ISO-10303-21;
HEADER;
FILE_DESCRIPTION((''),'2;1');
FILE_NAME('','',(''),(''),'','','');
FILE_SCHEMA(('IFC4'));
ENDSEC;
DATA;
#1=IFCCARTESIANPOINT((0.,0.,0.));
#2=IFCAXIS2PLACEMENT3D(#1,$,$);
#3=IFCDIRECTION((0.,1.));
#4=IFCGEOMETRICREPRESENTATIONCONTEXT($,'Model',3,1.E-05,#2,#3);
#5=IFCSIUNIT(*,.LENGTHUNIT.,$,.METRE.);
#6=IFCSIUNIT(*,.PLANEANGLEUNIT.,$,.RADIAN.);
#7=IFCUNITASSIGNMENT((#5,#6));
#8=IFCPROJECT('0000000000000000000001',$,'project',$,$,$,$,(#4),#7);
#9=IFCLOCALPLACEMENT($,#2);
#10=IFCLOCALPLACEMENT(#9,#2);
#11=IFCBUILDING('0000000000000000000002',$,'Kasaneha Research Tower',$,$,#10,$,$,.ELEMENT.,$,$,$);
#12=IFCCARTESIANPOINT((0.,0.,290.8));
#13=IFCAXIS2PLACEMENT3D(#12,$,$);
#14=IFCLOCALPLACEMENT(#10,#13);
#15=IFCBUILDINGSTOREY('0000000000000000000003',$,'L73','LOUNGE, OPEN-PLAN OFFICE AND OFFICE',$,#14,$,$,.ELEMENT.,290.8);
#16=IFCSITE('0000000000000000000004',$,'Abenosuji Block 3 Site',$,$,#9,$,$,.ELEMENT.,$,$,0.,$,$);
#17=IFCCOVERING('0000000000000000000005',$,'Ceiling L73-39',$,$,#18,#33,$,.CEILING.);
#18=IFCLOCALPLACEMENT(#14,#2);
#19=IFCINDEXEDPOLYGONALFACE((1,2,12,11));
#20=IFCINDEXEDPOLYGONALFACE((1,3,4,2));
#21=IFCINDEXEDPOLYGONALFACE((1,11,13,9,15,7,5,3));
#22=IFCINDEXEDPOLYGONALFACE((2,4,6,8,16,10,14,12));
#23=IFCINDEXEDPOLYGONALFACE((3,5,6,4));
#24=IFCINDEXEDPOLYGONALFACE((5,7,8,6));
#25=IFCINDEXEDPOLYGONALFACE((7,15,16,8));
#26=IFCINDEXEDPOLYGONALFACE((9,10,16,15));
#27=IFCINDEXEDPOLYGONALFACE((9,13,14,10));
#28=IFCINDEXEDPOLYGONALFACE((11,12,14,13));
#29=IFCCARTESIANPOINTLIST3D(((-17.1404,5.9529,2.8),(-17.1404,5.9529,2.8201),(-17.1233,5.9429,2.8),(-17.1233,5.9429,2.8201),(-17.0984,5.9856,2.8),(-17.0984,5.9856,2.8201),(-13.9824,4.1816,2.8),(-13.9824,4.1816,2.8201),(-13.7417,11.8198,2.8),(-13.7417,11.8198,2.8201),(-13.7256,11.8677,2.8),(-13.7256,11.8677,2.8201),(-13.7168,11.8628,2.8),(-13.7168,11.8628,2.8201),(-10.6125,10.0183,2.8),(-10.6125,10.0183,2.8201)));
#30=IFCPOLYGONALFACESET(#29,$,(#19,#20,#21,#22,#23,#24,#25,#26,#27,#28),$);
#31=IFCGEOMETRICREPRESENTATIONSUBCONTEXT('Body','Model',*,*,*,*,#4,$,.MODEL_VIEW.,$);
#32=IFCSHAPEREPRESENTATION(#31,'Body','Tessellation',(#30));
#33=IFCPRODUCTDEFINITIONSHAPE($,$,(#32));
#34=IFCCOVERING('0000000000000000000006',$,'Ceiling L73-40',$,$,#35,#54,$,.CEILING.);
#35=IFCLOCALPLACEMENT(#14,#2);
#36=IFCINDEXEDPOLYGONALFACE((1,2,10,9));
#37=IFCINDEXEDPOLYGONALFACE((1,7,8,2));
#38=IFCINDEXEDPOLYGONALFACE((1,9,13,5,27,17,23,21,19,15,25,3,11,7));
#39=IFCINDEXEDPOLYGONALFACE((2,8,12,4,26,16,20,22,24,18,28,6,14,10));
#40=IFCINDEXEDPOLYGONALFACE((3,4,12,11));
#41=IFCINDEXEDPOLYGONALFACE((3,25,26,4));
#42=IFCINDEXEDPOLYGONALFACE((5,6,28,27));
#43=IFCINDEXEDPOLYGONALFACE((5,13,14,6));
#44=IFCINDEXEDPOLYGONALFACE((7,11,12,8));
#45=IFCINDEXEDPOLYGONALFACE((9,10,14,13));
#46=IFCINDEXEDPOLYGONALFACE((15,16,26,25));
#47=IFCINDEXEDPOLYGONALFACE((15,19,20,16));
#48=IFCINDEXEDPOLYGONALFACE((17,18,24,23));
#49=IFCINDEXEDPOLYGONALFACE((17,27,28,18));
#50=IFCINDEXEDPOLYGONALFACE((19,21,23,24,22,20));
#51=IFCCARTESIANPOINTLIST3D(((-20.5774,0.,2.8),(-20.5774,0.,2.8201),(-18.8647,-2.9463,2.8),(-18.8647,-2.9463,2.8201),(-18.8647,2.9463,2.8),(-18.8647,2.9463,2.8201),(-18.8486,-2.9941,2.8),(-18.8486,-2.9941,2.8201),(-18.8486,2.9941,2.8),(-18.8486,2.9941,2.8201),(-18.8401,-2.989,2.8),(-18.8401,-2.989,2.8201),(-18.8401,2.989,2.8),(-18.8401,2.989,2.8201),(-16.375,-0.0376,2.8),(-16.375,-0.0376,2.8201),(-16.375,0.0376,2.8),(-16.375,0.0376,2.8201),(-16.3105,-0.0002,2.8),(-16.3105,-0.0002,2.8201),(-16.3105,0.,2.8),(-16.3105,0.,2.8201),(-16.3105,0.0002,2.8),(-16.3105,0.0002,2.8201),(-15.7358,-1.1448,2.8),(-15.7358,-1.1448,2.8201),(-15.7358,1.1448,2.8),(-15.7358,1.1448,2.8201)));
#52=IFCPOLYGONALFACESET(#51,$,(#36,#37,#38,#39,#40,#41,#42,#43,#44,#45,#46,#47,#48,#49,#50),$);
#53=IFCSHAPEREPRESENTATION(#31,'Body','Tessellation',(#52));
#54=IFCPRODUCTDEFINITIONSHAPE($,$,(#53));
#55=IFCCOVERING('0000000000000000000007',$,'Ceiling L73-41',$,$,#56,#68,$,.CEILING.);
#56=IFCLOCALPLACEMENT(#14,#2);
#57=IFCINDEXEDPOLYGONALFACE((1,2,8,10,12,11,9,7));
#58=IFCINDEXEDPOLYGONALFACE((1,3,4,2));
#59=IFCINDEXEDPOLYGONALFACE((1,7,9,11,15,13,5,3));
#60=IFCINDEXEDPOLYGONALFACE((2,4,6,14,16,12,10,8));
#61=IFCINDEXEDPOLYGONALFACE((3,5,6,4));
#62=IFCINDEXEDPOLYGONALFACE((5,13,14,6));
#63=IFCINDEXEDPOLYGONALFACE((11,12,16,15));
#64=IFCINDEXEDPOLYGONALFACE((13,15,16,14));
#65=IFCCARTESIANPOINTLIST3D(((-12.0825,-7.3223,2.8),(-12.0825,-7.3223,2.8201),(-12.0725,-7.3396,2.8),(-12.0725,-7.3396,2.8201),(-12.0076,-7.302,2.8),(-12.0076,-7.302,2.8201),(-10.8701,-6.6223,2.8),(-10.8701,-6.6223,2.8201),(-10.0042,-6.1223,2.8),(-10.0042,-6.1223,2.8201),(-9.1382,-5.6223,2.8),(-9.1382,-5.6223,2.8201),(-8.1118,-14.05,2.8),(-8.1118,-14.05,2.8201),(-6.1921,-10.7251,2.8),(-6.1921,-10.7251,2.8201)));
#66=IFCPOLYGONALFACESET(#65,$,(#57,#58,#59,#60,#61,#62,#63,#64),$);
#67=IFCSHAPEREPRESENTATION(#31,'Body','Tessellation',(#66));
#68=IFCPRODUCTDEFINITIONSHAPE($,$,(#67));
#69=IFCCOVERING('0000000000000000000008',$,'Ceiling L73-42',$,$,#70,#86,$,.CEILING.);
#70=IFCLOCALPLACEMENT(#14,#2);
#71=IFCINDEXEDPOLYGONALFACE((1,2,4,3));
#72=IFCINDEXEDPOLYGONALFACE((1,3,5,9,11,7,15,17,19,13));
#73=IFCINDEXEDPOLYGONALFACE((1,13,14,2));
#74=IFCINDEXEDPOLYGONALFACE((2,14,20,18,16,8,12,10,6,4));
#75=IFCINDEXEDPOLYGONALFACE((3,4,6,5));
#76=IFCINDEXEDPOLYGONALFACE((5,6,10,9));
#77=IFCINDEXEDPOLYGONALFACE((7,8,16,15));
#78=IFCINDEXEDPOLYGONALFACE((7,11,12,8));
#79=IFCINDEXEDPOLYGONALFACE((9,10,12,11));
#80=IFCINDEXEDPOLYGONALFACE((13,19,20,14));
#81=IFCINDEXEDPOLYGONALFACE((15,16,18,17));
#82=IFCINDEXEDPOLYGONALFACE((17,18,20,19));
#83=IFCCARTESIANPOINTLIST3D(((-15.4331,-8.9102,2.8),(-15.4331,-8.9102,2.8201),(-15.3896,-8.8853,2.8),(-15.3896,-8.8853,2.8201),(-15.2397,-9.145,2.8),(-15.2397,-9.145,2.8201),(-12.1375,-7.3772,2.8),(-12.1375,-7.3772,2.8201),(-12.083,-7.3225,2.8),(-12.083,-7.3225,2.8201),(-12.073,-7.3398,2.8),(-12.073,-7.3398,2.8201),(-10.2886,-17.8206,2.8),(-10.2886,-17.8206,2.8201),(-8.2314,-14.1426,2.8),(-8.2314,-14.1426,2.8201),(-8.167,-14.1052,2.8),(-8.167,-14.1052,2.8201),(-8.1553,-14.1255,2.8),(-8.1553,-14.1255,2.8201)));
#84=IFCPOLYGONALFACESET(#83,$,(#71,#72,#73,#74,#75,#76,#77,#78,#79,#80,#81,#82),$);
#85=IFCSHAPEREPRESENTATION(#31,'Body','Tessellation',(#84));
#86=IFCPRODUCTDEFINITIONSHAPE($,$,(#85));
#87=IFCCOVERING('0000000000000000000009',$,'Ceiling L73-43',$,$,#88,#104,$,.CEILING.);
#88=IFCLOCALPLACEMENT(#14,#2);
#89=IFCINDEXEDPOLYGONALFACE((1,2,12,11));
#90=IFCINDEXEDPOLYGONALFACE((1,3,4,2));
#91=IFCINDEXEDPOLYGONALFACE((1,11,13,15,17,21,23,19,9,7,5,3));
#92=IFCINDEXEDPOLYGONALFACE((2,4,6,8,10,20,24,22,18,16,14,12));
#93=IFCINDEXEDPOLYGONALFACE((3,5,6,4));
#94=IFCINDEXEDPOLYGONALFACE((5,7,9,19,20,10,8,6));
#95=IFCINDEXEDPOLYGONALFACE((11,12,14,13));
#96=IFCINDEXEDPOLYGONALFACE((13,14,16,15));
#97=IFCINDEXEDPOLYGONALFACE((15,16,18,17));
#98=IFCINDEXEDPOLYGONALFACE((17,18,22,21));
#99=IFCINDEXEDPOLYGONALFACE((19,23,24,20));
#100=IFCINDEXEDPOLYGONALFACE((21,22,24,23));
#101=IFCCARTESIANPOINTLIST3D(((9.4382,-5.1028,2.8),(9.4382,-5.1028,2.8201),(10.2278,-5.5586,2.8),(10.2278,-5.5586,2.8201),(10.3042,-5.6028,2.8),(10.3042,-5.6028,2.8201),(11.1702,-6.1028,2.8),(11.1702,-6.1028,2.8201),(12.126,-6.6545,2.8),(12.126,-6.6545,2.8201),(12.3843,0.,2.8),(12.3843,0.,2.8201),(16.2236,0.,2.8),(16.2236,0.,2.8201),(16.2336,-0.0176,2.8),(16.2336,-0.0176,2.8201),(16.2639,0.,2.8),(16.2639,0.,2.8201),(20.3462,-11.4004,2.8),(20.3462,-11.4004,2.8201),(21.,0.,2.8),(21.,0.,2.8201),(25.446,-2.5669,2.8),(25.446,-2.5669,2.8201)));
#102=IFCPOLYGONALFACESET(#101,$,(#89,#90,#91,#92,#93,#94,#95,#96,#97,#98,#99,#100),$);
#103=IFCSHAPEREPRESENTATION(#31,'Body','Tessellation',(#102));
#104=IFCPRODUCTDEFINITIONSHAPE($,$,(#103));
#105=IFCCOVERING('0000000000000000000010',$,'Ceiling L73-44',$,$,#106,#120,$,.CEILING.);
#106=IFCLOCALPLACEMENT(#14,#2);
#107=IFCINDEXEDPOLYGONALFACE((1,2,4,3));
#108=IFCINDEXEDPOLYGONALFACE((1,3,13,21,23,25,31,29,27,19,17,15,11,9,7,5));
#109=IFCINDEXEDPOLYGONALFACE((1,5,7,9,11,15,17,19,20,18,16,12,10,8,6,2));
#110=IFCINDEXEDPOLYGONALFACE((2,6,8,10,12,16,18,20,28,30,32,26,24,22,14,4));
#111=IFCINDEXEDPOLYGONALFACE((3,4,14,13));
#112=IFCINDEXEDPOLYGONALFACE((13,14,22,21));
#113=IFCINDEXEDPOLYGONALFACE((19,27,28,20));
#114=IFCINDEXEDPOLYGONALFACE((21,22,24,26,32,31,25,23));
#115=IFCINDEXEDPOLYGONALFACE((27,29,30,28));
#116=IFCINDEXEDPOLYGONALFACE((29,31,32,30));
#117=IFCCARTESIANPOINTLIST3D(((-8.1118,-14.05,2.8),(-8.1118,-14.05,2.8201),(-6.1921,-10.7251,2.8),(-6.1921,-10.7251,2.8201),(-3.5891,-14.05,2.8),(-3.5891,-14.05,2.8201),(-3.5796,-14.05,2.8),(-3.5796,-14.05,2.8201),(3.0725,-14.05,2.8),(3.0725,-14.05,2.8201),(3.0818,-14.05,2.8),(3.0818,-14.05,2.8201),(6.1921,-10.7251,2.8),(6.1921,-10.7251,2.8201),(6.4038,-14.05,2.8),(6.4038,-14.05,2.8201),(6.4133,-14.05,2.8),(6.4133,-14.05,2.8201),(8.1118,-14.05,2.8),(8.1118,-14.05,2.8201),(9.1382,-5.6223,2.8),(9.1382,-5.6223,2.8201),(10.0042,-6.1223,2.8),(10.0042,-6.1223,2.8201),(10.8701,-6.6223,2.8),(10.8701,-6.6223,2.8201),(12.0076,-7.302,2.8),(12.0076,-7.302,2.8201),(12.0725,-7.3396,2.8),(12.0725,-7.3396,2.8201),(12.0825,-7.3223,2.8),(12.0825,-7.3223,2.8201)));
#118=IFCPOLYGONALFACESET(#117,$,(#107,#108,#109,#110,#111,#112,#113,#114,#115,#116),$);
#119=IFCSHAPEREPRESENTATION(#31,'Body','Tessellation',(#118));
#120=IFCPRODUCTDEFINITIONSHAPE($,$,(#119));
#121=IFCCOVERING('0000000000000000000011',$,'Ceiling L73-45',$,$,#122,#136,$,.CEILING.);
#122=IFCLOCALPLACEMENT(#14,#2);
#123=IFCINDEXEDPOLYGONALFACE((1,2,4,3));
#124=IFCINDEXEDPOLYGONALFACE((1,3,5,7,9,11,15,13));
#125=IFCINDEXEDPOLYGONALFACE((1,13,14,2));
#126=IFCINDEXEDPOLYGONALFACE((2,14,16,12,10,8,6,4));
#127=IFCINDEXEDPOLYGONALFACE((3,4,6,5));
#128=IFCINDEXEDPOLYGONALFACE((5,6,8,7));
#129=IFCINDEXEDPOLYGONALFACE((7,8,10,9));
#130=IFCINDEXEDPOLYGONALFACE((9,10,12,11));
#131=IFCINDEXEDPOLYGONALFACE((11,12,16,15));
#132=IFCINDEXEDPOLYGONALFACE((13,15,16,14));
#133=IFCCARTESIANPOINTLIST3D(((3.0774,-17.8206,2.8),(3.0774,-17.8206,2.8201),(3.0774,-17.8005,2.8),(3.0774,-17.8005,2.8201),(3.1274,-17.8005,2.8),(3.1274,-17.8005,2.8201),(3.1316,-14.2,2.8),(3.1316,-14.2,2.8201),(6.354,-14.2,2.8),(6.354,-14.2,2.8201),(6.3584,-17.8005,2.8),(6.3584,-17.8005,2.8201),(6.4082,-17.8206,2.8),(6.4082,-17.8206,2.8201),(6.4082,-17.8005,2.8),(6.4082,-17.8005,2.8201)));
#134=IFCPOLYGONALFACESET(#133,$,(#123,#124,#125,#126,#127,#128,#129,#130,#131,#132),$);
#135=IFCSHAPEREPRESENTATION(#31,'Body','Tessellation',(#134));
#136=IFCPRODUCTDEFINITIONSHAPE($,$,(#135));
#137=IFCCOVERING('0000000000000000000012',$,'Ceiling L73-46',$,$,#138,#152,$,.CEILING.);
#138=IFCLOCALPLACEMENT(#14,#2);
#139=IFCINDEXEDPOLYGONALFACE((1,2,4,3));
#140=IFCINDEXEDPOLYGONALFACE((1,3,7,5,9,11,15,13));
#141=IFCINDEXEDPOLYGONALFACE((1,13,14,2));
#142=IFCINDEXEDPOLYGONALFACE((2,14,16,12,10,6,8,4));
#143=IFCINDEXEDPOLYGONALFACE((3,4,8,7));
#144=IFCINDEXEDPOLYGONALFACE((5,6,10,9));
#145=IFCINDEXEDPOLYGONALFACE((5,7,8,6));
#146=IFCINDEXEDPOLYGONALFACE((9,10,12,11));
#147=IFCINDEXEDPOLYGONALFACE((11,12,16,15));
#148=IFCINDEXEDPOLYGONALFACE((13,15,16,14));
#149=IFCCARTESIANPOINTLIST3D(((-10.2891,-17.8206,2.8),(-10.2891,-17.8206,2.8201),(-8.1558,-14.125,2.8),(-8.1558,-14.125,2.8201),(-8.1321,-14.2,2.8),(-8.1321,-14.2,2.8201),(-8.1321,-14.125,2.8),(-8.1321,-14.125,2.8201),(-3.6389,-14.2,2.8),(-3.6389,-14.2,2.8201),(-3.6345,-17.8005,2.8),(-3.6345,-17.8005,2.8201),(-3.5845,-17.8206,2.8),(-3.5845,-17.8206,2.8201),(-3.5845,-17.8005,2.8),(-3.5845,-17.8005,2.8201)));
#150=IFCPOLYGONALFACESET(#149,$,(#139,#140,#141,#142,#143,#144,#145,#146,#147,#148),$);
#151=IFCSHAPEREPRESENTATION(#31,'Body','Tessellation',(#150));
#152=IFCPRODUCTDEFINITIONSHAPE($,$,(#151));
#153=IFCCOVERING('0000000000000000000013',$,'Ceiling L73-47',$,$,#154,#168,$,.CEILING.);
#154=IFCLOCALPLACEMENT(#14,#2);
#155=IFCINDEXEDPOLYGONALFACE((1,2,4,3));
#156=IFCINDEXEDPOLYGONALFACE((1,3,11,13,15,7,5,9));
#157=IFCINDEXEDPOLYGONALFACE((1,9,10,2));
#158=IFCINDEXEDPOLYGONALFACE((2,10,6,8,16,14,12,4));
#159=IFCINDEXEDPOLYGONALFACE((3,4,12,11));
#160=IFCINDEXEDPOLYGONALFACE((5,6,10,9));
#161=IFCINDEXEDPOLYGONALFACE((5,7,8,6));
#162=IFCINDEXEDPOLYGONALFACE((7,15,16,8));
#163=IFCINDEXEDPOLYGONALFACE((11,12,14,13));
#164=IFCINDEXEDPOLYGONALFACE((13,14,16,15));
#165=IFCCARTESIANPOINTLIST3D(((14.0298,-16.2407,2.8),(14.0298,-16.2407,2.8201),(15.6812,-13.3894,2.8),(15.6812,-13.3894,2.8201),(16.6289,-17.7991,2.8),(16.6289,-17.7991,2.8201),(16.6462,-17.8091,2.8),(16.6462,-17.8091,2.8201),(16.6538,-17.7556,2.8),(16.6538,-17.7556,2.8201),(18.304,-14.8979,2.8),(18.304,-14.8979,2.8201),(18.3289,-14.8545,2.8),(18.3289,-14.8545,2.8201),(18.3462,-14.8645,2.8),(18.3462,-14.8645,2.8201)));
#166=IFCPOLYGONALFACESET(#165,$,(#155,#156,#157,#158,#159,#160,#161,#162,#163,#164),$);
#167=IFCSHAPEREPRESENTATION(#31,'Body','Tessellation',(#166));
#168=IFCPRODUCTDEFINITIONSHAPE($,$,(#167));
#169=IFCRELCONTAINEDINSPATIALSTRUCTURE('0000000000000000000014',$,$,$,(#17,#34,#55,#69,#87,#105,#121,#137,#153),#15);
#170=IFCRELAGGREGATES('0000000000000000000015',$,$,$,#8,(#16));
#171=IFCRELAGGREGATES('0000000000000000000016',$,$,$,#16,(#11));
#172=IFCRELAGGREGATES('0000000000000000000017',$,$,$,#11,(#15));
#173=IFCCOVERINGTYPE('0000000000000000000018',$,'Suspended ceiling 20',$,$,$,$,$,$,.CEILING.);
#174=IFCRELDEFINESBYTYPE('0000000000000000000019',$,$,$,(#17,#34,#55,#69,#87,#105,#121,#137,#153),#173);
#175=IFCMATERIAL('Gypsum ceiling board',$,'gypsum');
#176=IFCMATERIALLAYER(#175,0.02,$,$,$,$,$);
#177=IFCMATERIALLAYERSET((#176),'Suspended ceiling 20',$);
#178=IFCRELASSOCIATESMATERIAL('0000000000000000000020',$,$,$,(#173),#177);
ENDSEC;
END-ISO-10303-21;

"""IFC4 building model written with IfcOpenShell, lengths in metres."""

from ifc_helpers import new_model, si_unit, direction, frame, origin, place, context, subcontext, project, spatial, polyline, outline, extrude, material, layer, layer_set, type_object, element, save


model = new_model("IFC4")

# Units and contexts
model_context = context("Model", 3, precision=1e-05, world=origin(), true_north=direction((0.0, 1.0)))
body_context = subcontext(model_context, "Body", "Model", "MODEL_VIEW")
ifc_project = project(units=[si_unit("LENGTHUNIT", "METRE"), si_unit("PLANEANGLEUNIT", "RADIAN")], contexts=[model_context])

# Site, building, storey
site_placement = place(None, origin())
site = spatial("IfcSite", under=ifc_project, at=site_placement, Name="Abenosuji Block 3 Site", CompositionType="ELEMENT", RefElevation=0.0)
building_placement = place(site_placement, origin())
building = spatial("IfcBuilding", under=site, at=building_placement, Name="Kasaneha Research Tower", CompositionType="ELEMENT")
storey_placement = place(building_placement, frame((0.0, 0.0, 290.8)))
storey = spatial("IfcBuildingStorey", under=building, at=storey_placement, Name="L73", Description="LOUNGE, OPEN-PLAN OFFICE AND OFFICE", CompositionType="ELEMENT", Elevation=290.8)

# Coverings
ifc_material_1 = material(Name="Gypsum ceiling board", Category="gypsum")
ifc_layer_1 = layer(ifc_material_1, 0.02)
ifc_layer_set_1 = layer_set([ifc_layer_1], Name="Suspended ceiling 20")
covering_type_1 = type_object("IfcCoveringType", Name="Suspended ceiling 20", PredefinedType="CEILING", material=ifc_layer_set_1)
covering_1_placement = place(storey_placement, frame((0.0, 0.0, 2.8)))
element("IfcCovering", 1, at=covering_1_placement, inside=storey, type_object=covering_type_1, Name="Ceiling L73-39", PredefinedType="CEILING", context=body_context, shape_type="SweptSolid", body=[
    extrude(outline(polyline([(-17.1404, 5.9529), (-13.7256, 11.8677), (-13.7168, 11.8628), (-13.7417, 11.8198), (-10.6125, 10.0183), (-13.9824, 4.1816), (-17.0984, 5.9856), (-17.1233, 5.9429), (-17.1404, 5.9529)])), origin(), (0.0, 0.0, 1.0), 0.02),
])
covering_2_placement = place(storey_placement, frame((0.0, 0.0, 2.8)))
element("IfcCovering", 2, at=covering_2_placement, inside=storey, type_object=covering_type_1, Name="Ceiling L73-40", PredefinedType="CEILING", context=body_context, shape_type="SweptSolid", body=[
    extrude(outline(polyline([(-18.8401, 2.989), (-18.8647, 2.9463), (-15.7358, 1.1448), (-16.375, 0.0376), (-16.3105, 0.0002), (-16.3105, 0.0), (-16.3105, -0.0002), (-16.375, -0.0376), (-15.7358, -1.1448), (-18.8647, -2.9463), (-18.8401, -2.989), (-18.8486, -2.9941), (-20.5774, 0.0), (-18.8486, 2.9941), (-18.8401, 2.989)])), origin(), (0.0, 0.0, 1.0), 0.02),
])
covering_3_placement = place(storey_placement, frame((0.0, 0.0, 2.8)))
element("IfcCovering", 3, at=covering_3_placement, inside=storey, type_object=covering_type_1, Name="Ceiling L73-41", PredefinedType="CEILING", context=body_context, shape_type="SweptSolid", body=[
    extrude(outline(polyline([(-10.8701, -6.6223), (-10.0042, -6.1223), (-10.0042, -6.1223), (-9.1382, -5.6223), (-6.1921, -10.7251), (-8.1118, -14.05), (-12.0076, -7.302), (-12.0725, -7.3396), (-12.0825, -7.3223), (-10.8701, -6.6223), (-10.8701, -6.6223)])), origin(), (0.0, 0.0, 1.0), 0.02),
])
covering_4_placement = place(storey_placement, frame((0.0, 0.0, 2.8)))
element("IfcCovering", 4, at=covering_4_placement, inside=storey, type_object=covering_type_1, Name="Ceiling L73-42", PredefinedType="CEILING", context=body_context, shape_type="SweptSolid", body=[
    extrude(outline(polyline([(-12.073, -7.3398), (-12.1375, -7.3772), (-8.2314, -14.1426), (-8.167, -14.1052), (-8.1553, -14.1255), (-10.2886, -17.8206), (-15.4331, -8.9102), (-15.3896, -8.8853), (-15.2397, -9.145), (-15.2397, -9.145), (-15.2397, -9.145), (-12.083, -7.3225), (-12.073, -7.3398)])), origin(), (0.0, 0.0, 1.0), 0.02),
])
covering_5_placement = place(storey_placement, frame((0.0, 0.0, 2.8)))
element("IfcCovering", 5, at=covering_5_placement, inside=storey, type_object=covering_type_1, Name="Ceiling L73-43", PredefinedType="CEILING", context=body_context, shape_type="SweptSolid", body=[
    extrude(outline(polyline([(11.1702, -6.1028), (10.3042, -5.6028), (10.2278, -5.5586), (9.4382, -5.1028), (12.3843, 0.0), (16.2236, 0.0), (16.2336, -0.0176), (16.2639, 0.0), (21.0, 0.0), (25.446, -2.5669), (20.3462, -11.4004), (12.126, -6.6545), (11.1702, -6.1028)])), origin(), (0.0, 0.0, 1.0), 0.02),
])
covering_6_placement = place(storey_placement, frame((0.0, 0.0, 2.8)))
element("IfcCovering", 6, at=covering_6_placement, inside=storey, type_object=covering_type_1, Name="Ceiling L73-44", PredefinedType="CEILING", context=body_context, shape_type="SweptSolid", body=[
    extrude(outline(polyline([(-6.1921, -10.7251), (6.1921, -10.7251), (9.1382, -5.6223), (10.0042, -6.1223), (10.0042, -6.1223), (10.8701, -6.6223), (10.8701, -6.6223), (12.0825, -7.3223), (12.0725, -7.3396), (12.0076, -7.302), (8.1118, -14.05), (6.4133, -14.05), (6.4038, -14.05), (3.0818, -14.05), (3.0725, -14.05), (-3.5796, -14.05), (-3.5891, -14.05), (-8.1118, -14.05), (-8.1118, -14.05), (-6.1921, -10.7251)])), origin(), (0.0, 0.0, 1.0), 0.02),
])
covering_7_placement = place(storey_placement, frame((0.0, 0.0, 2.8)))
element("IfcCovering", 7, at=covering_7_placement, inside=storey, type_object=covering_type_1, Name="Ceiling L73-45", PredefinedType="CEILING", context=body_context, shape_type="SweptSolid", body=[
    extrude(outline(polyline([(3.0774, -17.8005), (3.1274, -17.8005), (3.1316, -14.2), (6.354, -14.2), (6.3584, -17.8005), (6.4082, -17.8005), (6.4082, -17.8206), (3.0774, -17.8206), (3.0774, -17.8005)])), origin(), (0.0, 0.0, 1.0), 0.02),
])
covering_8_placement = place(storey_placement, frame((0.0, 0.0, 2.8)))
element("IfcCovering", 8, at=covering_8_placement, inside=storey, type_object=covering_type_1, Name="Ceiling L73-46", PredefinedType="CEILING", context=body_context, shape_type="SweptSolid", body=[
    extrude(outline(polyline([(-8.1558, -14.125), (-8.1321, -14.125), (-8.1321, -14.2), (-3.6389, -14.2), (-3.6345, -17.8005), (-3.5845, -17.8005), (-3.5845, -17.8206), (-10.2891, -17.8206), (-8.1558, -14.125)])), origin(), (0.0, 0.0, 1.0), 0.02),
])
covering_9_placement = place(storey_placement, frame((0.0, 0.0, 2.8)))
element("IfcCovering", 9, at=covering_9_placement, inside=storey, type_object=covering_type_1, Name="Ceiling L73-47", PredefinedType="CEILING", context=body_context, shape_type="SweptSolid", body=[
    extrude(outline(polyline([(16.6462, -17.8091), (16.6289, -17.7991), (16.6538, -17.7556), (14.0298, -16.2407), (15.6812, -13.3894), (18.304, -14.8979), (18.3289, -14.8545), (18.3462, -14.8645), (16.6462, -17.8091)])), origin(), (0.0, 0.0, 1.0), 0.02),
])

save(model, "model.ifc")
